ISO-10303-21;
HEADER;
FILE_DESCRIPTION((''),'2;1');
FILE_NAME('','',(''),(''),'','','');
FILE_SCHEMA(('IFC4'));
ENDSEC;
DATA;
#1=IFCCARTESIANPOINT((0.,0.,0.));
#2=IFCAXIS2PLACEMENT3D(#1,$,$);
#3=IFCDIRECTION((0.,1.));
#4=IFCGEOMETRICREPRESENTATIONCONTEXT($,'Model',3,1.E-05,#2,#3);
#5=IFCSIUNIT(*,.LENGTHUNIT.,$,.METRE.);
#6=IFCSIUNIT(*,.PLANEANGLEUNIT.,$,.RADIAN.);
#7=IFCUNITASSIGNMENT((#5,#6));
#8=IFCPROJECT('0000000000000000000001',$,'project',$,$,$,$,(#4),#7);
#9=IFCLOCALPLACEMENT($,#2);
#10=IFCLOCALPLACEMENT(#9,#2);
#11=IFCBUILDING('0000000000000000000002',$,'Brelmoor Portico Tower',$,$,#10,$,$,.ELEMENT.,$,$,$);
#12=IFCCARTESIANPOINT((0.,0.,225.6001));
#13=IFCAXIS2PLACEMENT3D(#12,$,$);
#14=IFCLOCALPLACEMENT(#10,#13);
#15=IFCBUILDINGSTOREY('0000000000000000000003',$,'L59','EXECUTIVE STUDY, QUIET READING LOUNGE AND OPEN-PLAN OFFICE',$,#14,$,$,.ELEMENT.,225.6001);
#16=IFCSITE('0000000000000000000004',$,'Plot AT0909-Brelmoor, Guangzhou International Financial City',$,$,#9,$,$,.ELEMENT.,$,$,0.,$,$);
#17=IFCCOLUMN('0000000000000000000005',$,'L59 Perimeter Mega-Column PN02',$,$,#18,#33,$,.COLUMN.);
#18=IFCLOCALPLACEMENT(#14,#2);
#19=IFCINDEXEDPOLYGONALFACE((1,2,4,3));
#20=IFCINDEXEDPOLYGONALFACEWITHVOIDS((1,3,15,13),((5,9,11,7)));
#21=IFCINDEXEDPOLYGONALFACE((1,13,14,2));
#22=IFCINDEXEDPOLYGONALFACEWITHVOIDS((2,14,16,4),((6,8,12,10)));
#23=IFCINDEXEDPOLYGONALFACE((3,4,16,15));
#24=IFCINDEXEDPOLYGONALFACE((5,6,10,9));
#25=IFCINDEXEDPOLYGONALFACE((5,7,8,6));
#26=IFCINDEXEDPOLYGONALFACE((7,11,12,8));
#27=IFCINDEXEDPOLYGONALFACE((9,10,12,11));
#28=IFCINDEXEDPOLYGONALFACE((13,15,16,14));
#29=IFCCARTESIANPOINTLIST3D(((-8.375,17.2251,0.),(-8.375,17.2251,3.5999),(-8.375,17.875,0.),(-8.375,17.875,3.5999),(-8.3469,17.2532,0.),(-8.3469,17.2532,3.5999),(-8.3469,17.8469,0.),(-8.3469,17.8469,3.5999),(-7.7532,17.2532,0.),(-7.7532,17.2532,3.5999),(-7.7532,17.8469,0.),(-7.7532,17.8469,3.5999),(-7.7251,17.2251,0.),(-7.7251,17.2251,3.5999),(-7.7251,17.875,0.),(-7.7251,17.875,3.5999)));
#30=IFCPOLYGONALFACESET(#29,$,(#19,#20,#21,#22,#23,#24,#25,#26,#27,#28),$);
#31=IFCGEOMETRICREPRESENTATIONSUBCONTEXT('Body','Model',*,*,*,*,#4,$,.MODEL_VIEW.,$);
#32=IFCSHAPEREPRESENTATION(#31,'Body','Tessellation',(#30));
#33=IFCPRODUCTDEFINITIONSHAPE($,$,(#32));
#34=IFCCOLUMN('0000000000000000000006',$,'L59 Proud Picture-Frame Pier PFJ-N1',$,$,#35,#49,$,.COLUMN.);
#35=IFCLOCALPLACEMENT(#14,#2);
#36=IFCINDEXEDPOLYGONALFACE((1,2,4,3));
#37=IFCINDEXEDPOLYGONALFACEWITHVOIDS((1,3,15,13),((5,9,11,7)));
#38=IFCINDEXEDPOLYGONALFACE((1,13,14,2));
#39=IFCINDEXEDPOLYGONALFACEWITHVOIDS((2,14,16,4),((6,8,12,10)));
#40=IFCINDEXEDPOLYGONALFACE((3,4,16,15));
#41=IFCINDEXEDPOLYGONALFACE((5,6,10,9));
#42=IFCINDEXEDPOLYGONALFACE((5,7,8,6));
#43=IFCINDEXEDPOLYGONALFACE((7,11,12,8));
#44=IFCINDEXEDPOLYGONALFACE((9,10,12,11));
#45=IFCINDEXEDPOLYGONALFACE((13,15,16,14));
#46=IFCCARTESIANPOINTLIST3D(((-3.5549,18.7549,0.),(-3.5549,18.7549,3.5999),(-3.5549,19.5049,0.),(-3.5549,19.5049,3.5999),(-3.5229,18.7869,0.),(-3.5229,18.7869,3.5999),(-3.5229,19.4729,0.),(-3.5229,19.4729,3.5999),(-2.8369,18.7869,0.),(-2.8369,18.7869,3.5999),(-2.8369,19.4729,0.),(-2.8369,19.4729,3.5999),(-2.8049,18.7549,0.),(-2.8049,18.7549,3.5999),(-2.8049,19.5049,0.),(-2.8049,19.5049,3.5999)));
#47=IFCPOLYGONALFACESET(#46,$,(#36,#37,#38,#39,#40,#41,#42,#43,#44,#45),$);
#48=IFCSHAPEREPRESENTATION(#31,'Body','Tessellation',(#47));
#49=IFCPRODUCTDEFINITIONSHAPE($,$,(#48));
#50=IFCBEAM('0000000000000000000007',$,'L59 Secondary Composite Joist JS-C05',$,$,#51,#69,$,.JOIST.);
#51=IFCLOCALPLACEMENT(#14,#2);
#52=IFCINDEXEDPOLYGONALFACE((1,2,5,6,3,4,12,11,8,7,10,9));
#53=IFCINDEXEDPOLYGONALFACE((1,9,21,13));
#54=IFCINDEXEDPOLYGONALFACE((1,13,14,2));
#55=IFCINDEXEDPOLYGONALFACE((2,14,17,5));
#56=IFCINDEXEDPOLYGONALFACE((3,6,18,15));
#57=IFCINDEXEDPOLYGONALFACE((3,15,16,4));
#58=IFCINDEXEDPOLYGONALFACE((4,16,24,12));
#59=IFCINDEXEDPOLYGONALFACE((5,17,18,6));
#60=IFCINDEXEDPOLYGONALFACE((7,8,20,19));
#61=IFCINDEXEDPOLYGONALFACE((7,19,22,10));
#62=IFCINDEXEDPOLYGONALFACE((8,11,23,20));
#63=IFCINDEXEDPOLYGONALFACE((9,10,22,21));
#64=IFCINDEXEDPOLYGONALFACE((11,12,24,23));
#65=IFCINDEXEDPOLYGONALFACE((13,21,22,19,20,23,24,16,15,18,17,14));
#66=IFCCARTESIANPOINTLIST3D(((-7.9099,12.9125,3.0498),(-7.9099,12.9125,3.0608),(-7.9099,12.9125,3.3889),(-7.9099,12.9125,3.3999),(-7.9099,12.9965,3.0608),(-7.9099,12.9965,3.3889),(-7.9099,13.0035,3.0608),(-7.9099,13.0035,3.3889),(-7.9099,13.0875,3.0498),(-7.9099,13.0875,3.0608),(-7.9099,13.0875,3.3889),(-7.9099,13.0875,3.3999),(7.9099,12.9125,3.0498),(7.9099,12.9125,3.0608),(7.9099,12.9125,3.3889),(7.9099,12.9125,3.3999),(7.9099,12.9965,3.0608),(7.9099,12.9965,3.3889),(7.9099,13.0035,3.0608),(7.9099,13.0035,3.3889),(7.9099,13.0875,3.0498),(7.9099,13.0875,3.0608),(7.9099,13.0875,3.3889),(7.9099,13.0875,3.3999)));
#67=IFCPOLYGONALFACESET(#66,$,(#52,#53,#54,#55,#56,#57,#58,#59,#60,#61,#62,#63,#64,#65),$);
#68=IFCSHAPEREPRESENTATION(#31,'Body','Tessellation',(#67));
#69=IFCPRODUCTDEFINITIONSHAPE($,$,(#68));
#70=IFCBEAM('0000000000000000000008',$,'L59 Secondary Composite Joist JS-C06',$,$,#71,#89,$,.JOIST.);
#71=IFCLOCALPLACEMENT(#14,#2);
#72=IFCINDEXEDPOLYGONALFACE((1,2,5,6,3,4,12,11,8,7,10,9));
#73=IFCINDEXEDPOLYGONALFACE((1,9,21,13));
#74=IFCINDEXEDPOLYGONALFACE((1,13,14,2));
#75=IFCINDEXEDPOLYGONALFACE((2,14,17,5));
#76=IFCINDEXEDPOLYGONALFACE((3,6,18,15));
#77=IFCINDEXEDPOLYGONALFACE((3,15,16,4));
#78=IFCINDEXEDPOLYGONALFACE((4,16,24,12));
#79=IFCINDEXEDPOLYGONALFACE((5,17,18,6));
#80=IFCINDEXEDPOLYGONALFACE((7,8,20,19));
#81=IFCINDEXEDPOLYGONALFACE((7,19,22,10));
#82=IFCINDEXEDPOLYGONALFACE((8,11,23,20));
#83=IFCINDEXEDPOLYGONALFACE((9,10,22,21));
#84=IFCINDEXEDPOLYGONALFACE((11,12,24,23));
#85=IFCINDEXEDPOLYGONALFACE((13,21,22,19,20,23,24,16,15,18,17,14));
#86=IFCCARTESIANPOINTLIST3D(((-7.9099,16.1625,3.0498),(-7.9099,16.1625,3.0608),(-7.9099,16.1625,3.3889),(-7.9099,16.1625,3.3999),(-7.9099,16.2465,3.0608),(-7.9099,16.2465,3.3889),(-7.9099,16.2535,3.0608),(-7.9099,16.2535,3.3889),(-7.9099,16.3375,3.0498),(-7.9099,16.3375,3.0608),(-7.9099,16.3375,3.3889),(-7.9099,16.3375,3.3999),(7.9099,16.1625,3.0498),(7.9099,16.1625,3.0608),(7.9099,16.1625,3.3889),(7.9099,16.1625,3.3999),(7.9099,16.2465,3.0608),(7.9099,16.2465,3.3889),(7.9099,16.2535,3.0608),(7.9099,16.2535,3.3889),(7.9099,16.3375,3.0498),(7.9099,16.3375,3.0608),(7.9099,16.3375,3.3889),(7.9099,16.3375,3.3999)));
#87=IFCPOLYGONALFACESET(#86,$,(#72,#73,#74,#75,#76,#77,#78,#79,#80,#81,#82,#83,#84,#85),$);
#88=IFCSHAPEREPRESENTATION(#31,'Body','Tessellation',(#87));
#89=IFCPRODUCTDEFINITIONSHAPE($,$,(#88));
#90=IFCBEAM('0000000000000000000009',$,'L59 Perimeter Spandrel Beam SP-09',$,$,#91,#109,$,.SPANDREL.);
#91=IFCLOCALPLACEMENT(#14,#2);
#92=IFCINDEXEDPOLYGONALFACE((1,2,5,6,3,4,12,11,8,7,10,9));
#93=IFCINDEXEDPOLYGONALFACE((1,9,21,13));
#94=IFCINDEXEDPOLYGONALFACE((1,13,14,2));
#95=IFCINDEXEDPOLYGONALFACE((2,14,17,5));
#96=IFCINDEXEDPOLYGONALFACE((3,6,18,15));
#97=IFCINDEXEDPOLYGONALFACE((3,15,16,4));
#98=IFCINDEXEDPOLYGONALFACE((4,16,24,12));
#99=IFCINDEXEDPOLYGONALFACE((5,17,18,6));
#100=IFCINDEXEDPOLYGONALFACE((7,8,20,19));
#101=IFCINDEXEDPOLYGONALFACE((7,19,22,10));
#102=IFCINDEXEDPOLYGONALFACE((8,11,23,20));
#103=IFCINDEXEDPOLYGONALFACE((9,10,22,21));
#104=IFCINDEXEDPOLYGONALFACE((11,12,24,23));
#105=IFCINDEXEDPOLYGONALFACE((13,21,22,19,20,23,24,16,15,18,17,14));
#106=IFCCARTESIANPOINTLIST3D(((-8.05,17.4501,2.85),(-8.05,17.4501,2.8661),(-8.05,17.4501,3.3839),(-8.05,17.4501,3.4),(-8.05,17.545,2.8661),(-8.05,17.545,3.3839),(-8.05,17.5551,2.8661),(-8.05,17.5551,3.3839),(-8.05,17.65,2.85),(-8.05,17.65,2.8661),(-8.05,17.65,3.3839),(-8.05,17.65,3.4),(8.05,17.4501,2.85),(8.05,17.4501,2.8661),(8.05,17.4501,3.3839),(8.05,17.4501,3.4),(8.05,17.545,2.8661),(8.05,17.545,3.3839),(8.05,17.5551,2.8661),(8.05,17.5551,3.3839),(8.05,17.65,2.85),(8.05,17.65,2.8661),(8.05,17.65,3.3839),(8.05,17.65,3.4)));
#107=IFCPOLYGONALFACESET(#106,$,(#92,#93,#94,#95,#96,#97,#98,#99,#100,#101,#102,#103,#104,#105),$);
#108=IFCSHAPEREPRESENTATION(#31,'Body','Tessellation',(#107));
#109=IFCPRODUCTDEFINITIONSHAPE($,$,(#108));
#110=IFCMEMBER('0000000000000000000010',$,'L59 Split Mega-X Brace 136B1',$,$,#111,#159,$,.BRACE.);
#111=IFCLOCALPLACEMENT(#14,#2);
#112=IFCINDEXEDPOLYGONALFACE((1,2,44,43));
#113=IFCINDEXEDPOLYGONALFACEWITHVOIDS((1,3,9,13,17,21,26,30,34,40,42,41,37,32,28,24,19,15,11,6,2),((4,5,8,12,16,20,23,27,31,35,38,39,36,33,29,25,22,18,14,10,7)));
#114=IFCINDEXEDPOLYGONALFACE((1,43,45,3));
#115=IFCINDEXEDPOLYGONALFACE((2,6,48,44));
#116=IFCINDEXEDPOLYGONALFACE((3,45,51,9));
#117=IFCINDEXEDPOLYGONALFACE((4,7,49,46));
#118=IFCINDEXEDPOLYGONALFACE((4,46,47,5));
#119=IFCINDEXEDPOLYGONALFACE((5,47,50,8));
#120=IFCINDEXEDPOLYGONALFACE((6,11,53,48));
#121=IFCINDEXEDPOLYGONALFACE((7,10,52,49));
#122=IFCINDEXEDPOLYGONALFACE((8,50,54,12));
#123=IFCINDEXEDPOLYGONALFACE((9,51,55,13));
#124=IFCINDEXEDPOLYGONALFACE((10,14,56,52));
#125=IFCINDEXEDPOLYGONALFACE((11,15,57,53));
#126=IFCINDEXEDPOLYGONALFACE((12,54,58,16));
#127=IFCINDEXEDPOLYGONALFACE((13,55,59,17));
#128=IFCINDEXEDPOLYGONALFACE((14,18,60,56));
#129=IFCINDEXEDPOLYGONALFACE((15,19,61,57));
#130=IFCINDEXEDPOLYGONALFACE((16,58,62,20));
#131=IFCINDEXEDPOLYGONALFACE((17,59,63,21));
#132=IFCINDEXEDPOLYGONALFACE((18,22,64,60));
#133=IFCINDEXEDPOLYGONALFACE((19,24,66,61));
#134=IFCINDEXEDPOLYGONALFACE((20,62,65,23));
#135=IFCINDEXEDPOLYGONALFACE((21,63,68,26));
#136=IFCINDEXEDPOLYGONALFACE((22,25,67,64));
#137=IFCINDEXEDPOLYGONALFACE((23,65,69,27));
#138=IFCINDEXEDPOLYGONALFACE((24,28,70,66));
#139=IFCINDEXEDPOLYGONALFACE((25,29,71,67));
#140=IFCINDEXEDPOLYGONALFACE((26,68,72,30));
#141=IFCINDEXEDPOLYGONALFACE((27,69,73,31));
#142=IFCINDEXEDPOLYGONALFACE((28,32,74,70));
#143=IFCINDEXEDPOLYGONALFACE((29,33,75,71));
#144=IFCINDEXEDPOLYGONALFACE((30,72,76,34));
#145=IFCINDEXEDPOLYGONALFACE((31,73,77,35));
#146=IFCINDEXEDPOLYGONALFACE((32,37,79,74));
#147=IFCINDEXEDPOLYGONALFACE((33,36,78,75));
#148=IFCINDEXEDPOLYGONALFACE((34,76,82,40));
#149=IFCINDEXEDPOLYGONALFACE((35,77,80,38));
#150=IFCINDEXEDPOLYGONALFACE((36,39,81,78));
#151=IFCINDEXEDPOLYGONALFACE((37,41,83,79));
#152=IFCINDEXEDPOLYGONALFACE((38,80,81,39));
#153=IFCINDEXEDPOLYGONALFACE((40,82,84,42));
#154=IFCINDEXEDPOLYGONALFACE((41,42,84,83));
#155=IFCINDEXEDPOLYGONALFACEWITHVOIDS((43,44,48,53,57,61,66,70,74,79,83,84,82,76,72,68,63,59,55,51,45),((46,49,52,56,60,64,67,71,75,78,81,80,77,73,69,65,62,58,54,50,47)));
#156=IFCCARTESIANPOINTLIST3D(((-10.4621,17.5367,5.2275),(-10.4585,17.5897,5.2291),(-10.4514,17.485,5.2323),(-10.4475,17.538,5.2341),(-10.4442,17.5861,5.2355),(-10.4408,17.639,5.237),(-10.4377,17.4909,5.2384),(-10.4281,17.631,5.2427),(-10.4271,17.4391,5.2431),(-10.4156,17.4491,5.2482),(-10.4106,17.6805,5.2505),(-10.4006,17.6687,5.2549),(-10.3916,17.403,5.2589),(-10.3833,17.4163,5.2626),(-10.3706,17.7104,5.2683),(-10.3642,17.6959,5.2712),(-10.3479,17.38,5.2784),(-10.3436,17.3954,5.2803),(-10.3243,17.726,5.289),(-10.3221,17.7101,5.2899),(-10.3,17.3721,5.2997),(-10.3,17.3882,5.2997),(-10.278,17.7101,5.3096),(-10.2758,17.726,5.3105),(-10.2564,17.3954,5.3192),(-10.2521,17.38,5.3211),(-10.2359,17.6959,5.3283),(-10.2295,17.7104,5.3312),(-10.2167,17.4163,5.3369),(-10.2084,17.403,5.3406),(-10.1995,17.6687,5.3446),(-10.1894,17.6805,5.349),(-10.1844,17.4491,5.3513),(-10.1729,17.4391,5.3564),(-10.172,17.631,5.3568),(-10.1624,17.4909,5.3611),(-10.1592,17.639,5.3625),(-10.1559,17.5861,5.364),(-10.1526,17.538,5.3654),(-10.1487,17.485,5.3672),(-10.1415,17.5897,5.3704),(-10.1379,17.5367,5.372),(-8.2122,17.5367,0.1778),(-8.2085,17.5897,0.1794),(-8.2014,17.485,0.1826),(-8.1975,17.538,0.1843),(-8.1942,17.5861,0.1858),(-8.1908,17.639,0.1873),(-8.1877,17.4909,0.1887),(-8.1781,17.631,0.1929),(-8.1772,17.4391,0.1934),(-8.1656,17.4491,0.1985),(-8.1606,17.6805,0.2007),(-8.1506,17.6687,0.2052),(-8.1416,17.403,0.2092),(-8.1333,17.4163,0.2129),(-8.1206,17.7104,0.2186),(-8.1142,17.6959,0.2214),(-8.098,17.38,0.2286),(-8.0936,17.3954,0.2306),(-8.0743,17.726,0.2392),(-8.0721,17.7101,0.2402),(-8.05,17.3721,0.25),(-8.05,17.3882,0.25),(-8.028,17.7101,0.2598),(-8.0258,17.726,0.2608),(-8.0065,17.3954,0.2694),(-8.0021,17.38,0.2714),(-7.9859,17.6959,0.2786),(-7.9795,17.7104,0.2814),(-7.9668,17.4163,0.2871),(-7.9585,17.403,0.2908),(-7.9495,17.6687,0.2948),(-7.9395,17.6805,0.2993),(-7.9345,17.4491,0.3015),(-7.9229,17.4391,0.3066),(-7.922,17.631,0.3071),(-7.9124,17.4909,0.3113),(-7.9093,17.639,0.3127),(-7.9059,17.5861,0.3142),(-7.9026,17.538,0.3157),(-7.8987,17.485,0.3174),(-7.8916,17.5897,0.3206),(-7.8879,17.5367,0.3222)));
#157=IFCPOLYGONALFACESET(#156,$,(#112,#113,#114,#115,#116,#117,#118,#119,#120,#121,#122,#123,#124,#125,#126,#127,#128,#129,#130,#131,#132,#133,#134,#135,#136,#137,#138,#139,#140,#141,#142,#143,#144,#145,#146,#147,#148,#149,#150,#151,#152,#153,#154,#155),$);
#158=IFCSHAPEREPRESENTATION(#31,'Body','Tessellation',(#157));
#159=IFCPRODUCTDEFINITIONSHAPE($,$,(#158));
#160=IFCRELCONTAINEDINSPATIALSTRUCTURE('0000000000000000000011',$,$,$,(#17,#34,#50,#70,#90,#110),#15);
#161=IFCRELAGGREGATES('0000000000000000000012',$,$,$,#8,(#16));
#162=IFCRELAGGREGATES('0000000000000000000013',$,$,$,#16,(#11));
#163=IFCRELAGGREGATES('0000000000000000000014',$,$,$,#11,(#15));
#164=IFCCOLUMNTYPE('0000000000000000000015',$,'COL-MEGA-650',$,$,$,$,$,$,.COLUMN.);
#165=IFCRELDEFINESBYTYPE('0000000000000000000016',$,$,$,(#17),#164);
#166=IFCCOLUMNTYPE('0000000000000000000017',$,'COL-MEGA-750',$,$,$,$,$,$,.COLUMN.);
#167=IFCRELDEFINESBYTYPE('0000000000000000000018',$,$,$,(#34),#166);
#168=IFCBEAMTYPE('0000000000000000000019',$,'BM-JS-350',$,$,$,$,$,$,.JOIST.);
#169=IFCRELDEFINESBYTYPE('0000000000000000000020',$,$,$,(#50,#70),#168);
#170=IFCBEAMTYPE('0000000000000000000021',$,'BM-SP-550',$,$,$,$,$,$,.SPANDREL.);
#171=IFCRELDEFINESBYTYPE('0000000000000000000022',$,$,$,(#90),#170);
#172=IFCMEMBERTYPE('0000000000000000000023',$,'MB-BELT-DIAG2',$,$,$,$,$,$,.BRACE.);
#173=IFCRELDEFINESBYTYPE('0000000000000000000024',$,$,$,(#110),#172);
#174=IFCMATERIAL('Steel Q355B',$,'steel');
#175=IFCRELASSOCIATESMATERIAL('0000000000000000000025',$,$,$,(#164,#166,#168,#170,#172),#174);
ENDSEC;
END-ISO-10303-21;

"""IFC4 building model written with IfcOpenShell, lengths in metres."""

from ifc_helpers import new_model, si_unit, direction, frame, origin, origin_2d, place, context, subcontext, project, spatial, hollow_rectangle, hollow_circle, i_section, extrude, material, material_profile, profile_set, type_object, element, save


model = new_model("IFC4")

# Units and contexts
model_context = context("Model", 3, precision=1e-05, world=origin(), true_north=direction((0.0, 1.0)))
body_context = subcontext(model_context, "Body", "Model", "MODEL_VIEW")
ifc_project = project(units=[si_unit("LENGTHUNIT", "METRE"), si_unit("PLANEANGLEUNIT", "RADIAN")], contexts=[model_context])

# Site, building, storey
site_placement = place(None, origin())
site = spatial("IfcSite", under=ifc_project, at=site_placement, Name="Plot AT0909-Brelmoor, Guangzhou International Financial City", CompositionType="ELEMENT", RefElevation=0.0)
building_placement = place(site_placement, origin())
building = spatial("IfcBuilding", under=site, at=building_placement, Name="Brelmoor Portico Tower", CompositionType="ELEMENT")
storey_placement = place(building_placement, frame((0.0, 0.0, 225.6001)))
storey = spatial("IfcBuildingStorey", under=building, at=storey_placement, Name="L59", Description="EXECUTIVE STUDY, QUIET READING LOUNGE AND OPEN-PLAN OFFICE", CompositionType="ELEMENT", Elevation=225.6001)

# Columns
ifc_material_1 = material(Name="Steel Q355B", Category="steel")
ifc_material_profile_1 = material_profile(ifc_material_1, hollow_rectangle(XDim=0.6499, YDim=0.6499, WallThickness=0.0281, at=origin_2d()), Name="BOX 650x650x28")
ifc_profile_set_1 = profile_set([ifc_material_profile_1], Name="Steel Q355B")
column_type_1 = type_object("IfcColumnType", Name="COL-MEGA-650", PredefinedType="COLUMN", material=ifc_profile_set_1)
column_1_placement = place(storey_placement, frame((-8.05, 17.55, 0.0), z_axis=(0.0, 0.0, 1.0), x_axis=(1.0, 0.0, 0.0)))
element("IfcColumn", 1, at=column_1_placement, inside=storey, type_object=column_type_1, Name="L59 Perimeter Mega-Column PN02", PredefinedType="COLUMN", context=body_context, shape_type="SweptSolid", body=[
    extrude(hollow_rectangle(XDim=0.6499, YDim=0.6499, WallThickness=0.0281, at=origin_2d()), origin(), (0.0, 0.0, 1.0), 3.5999),
])
ifc_material_profile_2 = material_profile(ifc_material_1, hollow_rectangle(XDim=0.75, YDim=0.75, WallThickness=0.032, at=origin_2d()), Name="BOX 750x750x32")
ifc_profile_set_2 = profile_set([ifc_material_profile_2], Name="Steel Q355B")
column_type_2 = type_object("IfcColumnType", Name="COL-MEGA-750", PredefinedType="COLUMN", material=ifc_profile_set_2)
column_2_placement = place(storey_placement, frame((-3.1799, 19.1299, 0.0), z_axis=(0.0, 0.0, 1.0), x_axis=(1.0, 0.0, 0.0)))
element("IfcColumn", 2, at=column_2_placement, inside=storey, type_object=column_type_2, Name="L59 Proud Picture-Frame Pier PFJ-N1", PredefinedType="COLUMN", context=body_context, shape_type="SweptSolid", body=[
    extrude(hollow_rectangle(XDim=0.75, YDim=0.75, WallThickness=0.032, at=origin_2d()), origin(), (0.0, 0.0, 1.0), 3.5999),
])

# Beams
ifc_material_profile_3 = material_profile(ifc_material_1, i_section(OverallWidth=0.175, OverallDepth=0.3501, WebThickness=0.0071, FlangeThickness=0.011, at=origin_2d()), Name="HN 350x175x7x11")
ifc_profile_set_3 = profile_set([ifc_material_profile_3], Name="Steel Q355B")
beam_type_1 = type_object("IfcBeamType", Name="BM-JS-350", PredefinedType="JOIST", material=ifc_profile_set_3)
for number, where, z_axis, x_axis, name in (
    (3, (-7.9099, 13.0, 3.2249), (1.0, 0.0, 0.0), (0.0, 1.0, 0.0), "L59 Secondary Composite Joist JS-C05"),
    (4, (-7.9099, 16.25, 3.2249), (1.0, 0.0, 0.0), (0.0, 1.0, 0.0), "L59 Secondary Composite Joist JS-C06"),
):
    element("IfcBeam", number, at=place(storey_placement, frame(where, z_axis=z_axis, x_axis=x_axis)), inside=storey, type_object=beam_type_1, Name=name, PredefinedType="JOIST", context=body_context, shape_type="SweptSolid", body=[
        extrude(i_section(OverallWidth=0.175, OverallDepth=0.3501, WebThickness=0.0071, FlangeThickness=0.011, at=origin_2d()), origin(), (0.0, 0.0, 1.0), 15.8198),
    ])
ifc_material_profile_4 = material_profile(ifc_material_1, i_section(OverallWidth=0.2, OverallDepth=0.55, WebThickness=0.01, FlangeThickness=0.0161, at=origin_2d()), Name="HN 550x200x10x16")
ifc_profile_set_4 = profile_set([ifc_material_profile_4], Name="Steel Q355B")
beam_type_2 = type_object("IfcBeamType", Name="BM-SP-550", PredefinedType="SPANDREL", material=ifc_profile_set_4)
beam_placement = place(storey_placement, frame((-8.05, 17.55, 3.125), z_axis=(1.0, 0.0, 0.0), x_axis=(0.0, 1.0, 0.0)))
element("IfcBeam", 5, at=beam_placement, inside=storey, type_object=beam_type_2, Name="L59 Perimeter Spandrel Beam SP-09", PredefinedType="SPANDREL", context=body_context, shape_type="SweptSolid", body=[
    extrude(i_section(OverallWidth=0.2, OverallDepth=0.55, WebThickness=0.01, FlangeThickness=0.0161, at=origin_2d()), origin(), (0.0, 0.0, 1.0), 16.1001),
])

# Member
ifc_material_profile_5 = material_profile(ifc_material_1, hollow_circle(Radius=0.178, WallThickness=0.0161, at=origin_2d()), Name="CHS 356x16")
ifc_profile_set_5 = profile_set([ifc_material_profile_5], Name="Steel Q355B")
member_type_1 = type_object("IfcMemberType", Name="MB-BELT-DIAG2", PredefinedType="BRACE", material=ifc_profile_set_5)
member_1_placement = place(storey_placement, frame((-8.05, 17.55, 0.25), z_axis=(-0.406991, 0.0, 0.913432), x_axis=(0.0, -1.0, 0.0)))
element("IfcMember", 6, at=member_1_placement, inside=storey, type_object=member_type_1, Name="L59 Split Mega-X Brace 136B1", PredefinedType="BRACE", context=body_context, shape_type="SweptSolid", body=[
    extrude(hollow_circle(Radius=0.178, WallThickness=0.0161, at=origin_2d()), origin(), (0.0, 0.0, 1.0), 5.5283),
])

save(model, "model.ifc")
